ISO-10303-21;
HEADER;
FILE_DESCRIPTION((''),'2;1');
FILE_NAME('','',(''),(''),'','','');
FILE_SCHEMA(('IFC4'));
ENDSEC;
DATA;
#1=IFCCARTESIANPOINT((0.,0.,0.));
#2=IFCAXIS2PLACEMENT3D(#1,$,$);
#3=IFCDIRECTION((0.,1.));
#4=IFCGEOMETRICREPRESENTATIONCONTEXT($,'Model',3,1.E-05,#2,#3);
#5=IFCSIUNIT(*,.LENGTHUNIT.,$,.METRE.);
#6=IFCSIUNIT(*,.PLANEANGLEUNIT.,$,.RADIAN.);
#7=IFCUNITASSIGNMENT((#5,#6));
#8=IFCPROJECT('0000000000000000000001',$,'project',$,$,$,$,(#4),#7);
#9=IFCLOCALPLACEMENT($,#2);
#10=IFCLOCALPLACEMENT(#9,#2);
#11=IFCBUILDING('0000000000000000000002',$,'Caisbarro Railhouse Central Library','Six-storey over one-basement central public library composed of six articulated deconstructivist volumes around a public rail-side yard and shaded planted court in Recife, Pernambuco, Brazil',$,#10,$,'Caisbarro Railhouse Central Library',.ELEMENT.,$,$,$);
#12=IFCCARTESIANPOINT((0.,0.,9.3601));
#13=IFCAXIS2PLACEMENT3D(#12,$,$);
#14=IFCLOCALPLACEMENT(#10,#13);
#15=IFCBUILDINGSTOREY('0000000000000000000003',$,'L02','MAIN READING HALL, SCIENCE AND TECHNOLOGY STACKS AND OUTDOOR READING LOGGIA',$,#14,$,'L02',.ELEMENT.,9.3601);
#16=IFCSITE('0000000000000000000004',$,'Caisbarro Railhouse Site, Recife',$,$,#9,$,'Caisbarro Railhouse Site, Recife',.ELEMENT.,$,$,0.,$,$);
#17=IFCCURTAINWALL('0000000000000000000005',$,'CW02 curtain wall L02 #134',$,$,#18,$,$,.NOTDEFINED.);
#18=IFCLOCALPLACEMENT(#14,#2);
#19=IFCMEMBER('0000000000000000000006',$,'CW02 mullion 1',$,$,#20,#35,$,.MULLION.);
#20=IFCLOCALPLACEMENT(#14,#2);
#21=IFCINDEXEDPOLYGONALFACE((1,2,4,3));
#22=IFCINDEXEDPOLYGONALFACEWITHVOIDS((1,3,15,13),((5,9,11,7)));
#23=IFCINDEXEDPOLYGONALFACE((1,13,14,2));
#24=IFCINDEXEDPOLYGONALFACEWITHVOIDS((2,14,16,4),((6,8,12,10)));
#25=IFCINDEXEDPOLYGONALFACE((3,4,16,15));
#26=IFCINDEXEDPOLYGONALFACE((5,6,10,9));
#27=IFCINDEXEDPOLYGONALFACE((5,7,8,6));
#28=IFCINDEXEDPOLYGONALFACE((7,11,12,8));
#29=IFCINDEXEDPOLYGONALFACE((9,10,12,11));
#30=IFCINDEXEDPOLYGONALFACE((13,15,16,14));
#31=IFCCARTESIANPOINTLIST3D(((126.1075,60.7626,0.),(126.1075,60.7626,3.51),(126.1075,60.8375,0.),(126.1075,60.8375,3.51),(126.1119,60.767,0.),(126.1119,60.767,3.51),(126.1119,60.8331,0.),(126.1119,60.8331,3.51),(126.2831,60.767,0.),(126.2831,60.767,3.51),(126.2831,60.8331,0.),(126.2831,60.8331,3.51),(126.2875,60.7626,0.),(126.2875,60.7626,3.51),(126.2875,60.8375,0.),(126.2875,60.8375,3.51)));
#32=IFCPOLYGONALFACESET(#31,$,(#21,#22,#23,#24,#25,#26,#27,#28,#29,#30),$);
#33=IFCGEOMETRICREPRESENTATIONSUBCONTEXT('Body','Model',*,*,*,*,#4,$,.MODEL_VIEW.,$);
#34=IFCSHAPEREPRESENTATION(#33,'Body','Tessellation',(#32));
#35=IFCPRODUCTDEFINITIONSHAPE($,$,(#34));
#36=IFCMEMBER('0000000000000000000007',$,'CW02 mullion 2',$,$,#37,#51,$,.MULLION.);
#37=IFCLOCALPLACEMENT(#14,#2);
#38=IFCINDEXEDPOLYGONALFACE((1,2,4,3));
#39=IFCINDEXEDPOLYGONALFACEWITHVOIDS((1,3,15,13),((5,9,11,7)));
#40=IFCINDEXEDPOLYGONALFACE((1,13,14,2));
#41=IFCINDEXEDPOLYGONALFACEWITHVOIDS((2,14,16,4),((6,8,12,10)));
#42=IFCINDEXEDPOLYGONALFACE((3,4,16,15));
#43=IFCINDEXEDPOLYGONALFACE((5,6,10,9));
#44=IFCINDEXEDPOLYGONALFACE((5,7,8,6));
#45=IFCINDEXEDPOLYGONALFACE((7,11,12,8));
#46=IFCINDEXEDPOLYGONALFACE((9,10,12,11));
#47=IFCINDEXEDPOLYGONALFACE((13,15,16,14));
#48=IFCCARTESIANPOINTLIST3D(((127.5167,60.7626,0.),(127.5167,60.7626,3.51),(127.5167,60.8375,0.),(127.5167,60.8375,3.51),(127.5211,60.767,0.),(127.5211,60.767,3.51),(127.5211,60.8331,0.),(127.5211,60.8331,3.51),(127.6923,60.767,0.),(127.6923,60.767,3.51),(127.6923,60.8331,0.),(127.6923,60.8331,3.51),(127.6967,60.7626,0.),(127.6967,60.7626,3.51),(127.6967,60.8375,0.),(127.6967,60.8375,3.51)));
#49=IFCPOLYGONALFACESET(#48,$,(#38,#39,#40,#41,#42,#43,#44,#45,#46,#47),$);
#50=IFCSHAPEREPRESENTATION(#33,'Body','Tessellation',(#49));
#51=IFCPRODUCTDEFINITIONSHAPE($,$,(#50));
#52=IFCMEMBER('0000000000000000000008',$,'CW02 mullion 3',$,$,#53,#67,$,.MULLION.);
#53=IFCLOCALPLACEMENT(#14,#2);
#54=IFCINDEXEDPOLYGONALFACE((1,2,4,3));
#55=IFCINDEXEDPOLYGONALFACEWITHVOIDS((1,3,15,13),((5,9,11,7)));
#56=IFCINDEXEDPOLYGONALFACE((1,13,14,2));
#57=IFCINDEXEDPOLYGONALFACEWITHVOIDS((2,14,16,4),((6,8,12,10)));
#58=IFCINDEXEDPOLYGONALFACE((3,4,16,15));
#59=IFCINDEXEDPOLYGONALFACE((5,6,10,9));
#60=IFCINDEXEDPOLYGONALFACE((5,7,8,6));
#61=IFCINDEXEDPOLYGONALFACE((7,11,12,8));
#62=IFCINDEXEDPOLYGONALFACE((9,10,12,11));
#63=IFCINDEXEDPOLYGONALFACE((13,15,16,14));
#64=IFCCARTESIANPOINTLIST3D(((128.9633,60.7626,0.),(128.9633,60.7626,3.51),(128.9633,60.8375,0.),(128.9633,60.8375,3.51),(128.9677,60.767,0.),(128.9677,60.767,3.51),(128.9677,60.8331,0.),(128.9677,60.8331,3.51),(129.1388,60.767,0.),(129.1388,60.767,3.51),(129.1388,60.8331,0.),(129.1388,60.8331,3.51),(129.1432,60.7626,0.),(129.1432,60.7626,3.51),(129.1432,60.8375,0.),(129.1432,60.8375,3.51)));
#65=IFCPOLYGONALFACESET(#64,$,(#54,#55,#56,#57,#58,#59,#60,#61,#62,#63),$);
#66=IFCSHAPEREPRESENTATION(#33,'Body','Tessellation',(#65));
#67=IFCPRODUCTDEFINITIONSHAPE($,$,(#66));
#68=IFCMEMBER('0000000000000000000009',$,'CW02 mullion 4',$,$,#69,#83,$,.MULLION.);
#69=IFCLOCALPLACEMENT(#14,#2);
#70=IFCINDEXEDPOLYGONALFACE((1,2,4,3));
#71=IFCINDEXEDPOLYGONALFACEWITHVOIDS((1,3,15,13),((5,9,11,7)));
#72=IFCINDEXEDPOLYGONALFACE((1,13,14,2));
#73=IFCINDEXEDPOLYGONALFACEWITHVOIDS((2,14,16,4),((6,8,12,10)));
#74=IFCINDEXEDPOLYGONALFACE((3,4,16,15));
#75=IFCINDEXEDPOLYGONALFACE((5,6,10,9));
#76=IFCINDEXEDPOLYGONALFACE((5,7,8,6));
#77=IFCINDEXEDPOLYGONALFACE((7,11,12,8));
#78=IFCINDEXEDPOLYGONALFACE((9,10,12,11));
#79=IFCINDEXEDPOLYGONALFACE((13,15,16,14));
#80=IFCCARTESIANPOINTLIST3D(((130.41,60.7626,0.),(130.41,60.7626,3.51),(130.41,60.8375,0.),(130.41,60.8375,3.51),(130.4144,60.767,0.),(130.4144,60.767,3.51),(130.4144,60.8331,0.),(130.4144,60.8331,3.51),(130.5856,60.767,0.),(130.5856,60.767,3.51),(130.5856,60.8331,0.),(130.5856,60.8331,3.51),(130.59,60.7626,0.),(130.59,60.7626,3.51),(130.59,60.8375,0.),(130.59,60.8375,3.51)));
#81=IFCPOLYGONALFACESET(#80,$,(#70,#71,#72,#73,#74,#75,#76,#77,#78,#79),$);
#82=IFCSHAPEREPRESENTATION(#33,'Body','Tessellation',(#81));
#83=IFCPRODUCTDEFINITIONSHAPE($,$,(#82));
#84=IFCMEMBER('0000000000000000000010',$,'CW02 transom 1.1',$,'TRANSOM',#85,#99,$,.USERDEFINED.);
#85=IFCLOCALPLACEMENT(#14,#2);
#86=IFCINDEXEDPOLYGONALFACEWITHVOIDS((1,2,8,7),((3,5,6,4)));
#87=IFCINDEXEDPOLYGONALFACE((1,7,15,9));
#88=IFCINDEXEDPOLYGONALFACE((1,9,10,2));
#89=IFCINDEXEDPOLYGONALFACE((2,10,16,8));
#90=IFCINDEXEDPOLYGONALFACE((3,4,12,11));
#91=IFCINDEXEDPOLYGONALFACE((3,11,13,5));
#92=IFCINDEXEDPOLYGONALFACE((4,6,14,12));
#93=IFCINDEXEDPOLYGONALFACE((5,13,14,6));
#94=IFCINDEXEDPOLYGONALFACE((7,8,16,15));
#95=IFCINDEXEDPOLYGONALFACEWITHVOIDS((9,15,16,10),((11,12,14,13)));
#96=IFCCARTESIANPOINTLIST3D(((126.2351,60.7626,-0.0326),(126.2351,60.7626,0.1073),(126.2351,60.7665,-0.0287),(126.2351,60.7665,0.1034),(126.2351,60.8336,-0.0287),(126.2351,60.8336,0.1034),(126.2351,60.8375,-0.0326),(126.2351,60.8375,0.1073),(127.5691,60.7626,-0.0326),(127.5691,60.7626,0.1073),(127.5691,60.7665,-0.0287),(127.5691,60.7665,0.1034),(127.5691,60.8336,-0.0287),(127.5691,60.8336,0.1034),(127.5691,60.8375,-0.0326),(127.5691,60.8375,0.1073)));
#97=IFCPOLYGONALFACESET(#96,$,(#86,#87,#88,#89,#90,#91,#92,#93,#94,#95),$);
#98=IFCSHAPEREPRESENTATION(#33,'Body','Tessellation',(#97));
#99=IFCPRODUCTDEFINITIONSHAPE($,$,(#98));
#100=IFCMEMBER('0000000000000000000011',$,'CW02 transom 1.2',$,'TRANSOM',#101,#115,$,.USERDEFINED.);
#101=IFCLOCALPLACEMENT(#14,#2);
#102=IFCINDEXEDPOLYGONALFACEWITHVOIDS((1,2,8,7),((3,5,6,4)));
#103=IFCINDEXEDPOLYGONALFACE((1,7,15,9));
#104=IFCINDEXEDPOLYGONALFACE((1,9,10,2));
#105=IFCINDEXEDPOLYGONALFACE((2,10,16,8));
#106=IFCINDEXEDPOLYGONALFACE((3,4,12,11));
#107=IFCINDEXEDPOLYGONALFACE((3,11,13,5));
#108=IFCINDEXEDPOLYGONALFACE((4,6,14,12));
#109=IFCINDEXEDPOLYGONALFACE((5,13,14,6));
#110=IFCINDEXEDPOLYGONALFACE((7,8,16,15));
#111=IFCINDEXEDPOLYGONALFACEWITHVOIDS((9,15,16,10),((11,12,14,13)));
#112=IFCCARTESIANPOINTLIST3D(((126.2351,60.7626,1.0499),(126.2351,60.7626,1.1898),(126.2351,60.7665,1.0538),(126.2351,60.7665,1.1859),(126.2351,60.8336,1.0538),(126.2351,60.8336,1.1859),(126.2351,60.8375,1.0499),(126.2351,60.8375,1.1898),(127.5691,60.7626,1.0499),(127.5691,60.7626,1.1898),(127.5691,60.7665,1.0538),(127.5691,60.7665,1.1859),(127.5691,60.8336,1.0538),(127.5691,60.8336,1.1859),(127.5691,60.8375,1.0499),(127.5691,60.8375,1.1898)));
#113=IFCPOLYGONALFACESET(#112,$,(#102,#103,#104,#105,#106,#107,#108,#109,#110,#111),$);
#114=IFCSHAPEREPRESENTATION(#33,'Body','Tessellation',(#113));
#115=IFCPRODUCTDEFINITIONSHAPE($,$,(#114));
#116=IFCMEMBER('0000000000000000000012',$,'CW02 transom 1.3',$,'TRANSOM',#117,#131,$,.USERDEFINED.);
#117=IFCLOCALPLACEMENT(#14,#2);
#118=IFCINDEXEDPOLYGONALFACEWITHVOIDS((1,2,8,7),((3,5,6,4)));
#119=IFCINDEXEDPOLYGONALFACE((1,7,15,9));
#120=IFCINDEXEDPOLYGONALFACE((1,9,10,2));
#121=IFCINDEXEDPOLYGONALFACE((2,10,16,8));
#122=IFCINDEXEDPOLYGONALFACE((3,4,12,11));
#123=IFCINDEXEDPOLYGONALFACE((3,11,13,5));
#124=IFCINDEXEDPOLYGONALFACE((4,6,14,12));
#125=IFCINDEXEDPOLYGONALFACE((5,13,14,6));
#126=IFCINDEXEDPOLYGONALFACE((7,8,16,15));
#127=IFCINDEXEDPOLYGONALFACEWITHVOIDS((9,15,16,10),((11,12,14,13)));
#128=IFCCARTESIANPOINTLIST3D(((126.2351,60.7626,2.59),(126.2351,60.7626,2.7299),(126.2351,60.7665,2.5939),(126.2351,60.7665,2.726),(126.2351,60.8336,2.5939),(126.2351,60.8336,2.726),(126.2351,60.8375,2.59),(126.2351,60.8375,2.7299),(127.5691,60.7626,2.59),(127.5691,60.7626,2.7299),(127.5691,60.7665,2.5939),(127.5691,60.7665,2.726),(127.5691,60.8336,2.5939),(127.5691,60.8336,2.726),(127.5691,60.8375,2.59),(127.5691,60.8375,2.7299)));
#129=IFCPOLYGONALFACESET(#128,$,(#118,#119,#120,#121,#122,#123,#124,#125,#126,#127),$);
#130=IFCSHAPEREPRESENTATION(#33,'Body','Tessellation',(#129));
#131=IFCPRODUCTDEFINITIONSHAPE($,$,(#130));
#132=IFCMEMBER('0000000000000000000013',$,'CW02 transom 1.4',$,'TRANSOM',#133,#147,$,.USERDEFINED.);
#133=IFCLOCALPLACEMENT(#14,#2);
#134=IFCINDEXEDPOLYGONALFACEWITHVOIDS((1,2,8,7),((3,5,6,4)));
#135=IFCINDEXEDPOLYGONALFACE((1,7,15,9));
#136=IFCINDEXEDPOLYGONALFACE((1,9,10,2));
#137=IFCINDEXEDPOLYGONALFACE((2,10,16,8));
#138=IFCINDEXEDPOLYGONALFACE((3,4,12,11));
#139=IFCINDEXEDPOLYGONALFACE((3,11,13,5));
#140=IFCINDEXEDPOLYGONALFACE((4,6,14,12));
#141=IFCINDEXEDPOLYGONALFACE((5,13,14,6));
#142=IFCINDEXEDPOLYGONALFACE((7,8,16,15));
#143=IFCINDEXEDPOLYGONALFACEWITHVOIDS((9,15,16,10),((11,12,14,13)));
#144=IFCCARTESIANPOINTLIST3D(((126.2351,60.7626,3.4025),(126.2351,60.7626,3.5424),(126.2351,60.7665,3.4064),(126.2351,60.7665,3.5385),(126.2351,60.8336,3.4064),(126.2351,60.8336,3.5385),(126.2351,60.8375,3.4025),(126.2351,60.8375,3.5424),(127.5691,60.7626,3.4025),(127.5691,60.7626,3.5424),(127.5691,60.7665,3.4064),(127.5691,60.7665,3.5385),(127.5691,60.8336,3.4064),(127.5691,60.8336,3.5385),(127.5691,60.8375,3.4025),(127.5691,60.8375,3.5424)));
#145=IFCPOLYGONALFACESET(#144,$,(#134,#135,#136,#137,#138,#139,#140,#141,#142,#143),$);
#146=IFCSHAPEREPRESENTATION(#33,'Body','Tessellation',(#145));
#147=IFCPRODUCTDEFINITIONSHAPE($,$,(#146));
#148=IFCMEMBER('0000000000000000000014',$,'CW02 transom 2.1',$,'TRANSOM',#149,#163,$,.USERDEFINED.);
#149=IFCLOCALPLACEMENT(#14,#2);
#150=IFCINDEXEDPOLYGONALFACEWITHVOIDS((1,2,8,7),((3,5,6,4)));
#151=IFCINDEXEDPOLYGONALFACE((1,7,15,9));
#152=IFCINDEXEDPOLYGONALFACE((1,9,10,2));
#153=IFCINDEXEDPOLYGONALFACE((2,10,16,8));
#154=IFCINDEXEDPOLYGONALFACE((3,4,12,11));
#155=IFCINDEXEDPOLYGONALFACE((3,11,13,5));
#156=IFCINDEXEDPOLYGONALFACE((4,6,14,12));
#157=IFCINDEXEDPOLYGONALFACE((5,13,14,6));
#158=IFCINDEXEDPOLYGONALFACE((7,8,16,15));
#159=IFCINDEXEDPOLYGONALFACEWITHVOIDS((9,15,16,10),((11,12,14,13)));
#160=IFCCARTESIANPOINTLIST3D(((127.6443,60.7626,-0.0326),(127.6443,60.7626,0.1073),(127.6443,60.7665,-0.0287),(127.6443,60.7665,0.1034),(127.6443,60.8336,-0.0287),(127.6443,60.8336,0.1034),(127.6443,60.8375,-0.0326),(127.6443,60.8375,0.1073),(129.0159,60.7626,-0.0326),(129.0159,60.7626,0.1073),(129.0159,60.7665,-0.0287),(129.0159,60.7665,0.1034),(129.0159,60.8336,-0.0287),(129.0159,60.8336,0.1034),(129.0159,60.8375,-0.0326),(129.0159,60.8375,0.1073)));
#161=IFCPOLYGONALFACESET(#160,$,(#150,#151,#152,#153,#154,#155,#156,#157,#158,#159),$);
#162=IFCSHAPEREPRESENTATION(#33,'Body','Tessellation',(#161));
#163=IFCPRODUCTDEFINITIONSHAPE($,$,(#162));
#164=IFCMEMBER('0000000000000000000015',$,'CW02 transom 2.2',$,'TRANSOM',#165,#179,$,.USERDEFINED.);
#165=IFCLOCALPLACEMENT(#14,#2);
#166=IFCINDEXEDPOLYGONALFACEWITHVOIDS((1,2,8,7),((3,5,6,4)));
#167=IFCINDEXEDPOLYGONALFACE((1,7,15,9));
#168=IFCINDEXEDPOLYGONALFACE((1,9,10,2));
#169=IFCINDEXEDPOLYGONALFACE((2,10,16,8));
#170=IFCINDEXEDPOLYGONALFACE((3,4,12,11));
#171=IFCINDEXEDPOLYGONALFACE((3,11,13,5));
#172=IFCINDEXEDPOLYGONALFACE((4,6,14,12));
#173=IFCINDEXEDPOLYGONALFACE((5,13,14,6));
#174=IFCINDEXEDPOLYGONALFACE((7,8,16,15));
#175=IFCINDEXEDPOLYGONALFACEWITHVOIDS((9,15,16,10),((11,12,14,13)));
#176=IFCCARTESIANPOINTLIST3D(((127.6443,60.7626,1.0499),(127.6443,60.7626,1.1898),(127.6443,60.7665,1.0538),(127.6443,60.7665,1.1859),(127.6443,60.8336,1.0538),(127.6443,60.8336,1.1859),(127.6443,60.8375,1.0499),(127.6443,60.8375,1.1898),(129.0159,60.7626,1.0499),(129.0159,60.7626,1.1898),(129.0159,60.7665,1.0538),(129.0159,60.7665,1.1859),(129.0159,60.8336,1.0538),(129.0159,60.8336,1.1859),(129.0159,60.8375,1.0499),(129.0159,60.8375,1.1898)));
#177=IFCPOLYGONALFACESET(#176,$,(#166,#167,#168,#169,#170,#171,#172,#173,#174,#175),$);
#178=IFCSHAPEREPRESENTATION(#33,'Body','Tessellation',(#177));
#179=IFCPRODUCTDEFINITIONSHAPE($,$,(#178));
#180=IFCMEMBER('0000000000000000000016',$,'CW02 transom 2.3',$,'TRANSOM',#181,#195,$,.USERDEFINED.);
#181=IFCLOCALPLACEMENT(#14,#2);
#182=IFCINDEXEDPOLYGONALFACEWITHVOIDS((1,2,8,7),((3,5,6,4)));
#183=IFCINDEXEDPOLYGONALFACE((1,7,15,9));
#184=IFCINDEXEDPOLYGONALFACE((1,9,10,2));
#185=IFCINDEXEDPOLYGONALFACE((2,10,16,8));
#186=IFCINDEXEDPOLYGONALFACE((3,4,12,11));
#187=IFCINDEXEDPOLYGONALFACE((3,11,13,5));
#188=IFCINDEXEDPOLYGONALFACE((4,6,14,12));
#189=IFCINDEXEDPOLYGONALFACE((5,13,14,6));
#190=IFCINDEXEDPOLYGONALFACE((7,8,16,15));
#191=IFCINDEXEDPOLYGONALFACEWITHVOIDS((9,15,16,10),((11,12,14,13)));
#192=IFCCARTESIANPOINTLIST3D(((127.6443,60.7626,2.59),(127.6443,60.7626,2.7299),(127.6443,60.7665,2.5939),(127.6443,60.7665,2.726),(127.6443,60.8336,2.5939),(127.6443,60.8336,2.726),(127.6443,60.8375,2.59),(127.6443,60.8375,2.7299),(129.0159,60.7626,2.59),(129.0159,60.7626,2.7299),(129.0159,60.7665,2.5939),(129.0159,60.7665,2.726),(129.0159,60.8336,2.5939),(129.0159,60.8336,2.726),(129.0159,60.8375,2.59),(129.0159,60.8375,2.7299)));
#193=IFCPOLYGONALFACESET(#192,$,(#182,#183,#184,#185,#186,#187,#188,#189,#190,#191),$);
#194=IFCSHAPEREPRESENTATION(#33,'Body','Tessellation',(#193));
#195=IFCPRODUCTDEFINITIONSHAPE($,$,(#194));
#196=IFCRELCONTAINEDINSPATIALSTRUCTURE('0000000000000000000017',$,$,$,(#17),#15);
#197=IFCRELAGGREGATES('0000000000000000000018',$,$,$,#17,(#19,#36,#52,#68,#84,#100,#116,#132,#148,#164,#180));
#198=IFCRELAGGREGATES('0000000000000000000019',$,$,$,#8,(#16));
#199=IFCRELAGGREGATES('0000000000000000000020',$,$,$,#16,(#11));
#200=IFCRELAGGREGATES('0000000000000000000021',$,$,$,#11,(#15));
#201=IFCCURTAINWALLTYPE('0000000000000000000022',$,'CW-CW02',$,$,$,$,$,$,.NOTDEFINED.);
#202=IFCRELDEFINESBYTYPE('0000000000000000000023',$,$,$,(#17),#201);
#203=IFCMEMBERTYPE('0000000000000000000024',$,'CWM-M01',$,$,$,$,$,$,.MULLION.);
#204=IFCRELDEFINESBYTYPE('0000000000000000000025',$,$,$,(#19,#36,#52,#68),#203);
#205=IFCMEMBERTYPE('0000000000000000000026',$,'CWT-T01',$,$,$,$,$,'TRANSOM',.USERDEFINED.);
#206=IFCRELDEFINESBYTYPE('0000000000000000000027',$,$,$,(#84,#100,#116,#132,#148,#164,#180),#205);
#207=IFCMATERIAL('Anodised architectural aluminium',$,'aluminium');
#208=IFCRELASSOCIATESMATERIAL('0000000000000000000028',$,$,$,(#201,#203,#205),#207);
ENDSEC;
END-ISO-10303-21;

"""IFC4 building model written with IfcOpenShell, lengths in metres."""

from ifc_helpers import new_model, si_unit, direction, frame, origin, origin_2d, place, context, subcontext, project, spatial, hollow_rectangle, extrude, material, material_profile, profile_set, type_object, element, aggregate, save


model = new_model("IFC4")

# Units and contexts
model_context = context("Model", 3, precision=1e-05, world=origin(), true_north=direction((0.0, 1.0)))
body_context = subcontext(model_context, "Body", "Model", "MODEL_VIEW")
ifc_project = project(units=[si_unit("LENGTHUNIT", "METRE"), si_unit("PLANEANGLEUNIT", "RADIAN")], contexts=[model_context])

# Site, building, storey
site_placement = place(None, origin())
site = spatial("IfcSite", under=ifc_project, at=site_placement, Name="Caisbarro Railhouse Site, Recife", LongName="Caisbarro Railhouse Site, Recife", CompositionType="ELEMENT", RefElevation=0.0)
building_placement = place(site_placement, origin())
building = spatial("IfcBuilding", under=site, at=building_placement, Name="Caisbarro Railhouse Central Library", Description="Six-storey over one-basement central public library composed of six articulated deconstructivist volumes around a public rail-side yard and shaded planted court in Recife, Pernambuco, Brazil", LongName="Caisbarro Railhouse Central Library", CompositionType="ELEMENT")
storey_placement = place(building_placement, frame((0.0, 0.0, 9.3601)))
storey = spatial("IfcBuildingStorey", under=building, at=storey_placement, Name="L02", Description="MAIN READING HALL, SCIENCE AND TECHNOLOGY STACKS AND OUTDOOR READING LOGGIA", LongName="L02", CompositionType="ELEMENT", Elevation=9.3601)

# Curtain wall, members
ifc_material_1 = material(Name="Anodised architectural aluminium", Category="aluminium")
curtain_wall_type = type_object("IfcCurtainWallType", Name="CW-CW02", PredefinedType="NOTDEFINED", material=ifc_material_1)
curtain_wall_placement = place(storey_placement, origin())
curtain_wall = element("IfcCurtainWall", 1, at=curtain_wall_placement, inside=storey, type_object=curtain_wall_type, Name="CW02 curtain wall L02 #134", PredefinedType="NOTDEFINED")
ifc_material_profile_1 = material_profile(ifc_material_1, hollow_rectangle(XDim=0.075, YDim=0.1799, WallThickness=0.0044, at=origin_2d()), Name="ALU-MUL-75X180")
ifc_profile_set_1 = profile_set([ifc_material_profile_1], Name="Anodised architectural aluminium")
member_type_1 = type_object("IfcMemberType", Name="CWM-M01", PredefinedType="MULLION", material=ifc_profile_set_1)
member_1_placement = place(storey_placement, frame((126.1975, 60.8, 0.0), z_axis=(0.0, 0.0, 1.0), x_axis=(0.0, 1.0, 0.0)))
member_1 = element("IfcMember", 2, at=member_1_placement, type_object=member_type_1, Name="CW02 mullion 1", PredefinedType="MULLION", context=body_context, shape_type="SweptSolid", body=[
    extrude(hollow_rectangle(XDim=0.075, YDim=0.1799, WallThickness=0.0044, at=origin_2d()), origin(), (0.0, 0.0, 1.0), 3.51),
])
member_2_placement = place(storey_placement, frame((127.6067, 60.8, 0.0), z_axis=(0.0, 0.0, 1.0), x_axis=(0.0, 1.0, 0.0)))
member_2 = element("IfcMember", 3, at=member_2_placement, type_object=member_type_1, Name="CW02 mullion 2", PredefinedType="MULLION", context=body_context, shape_type="SweptSolid", body=[
    extrude(hollow_rectangle(XDim=0.075, YDim=0.1799, WallThickness=0.0044, at=origin_2d()), origin(), (0.0, 0.0, 1.0), 3.51),
])
member_3_placement = place(storey_placement, frame((129.0532, 60.8, 0.0), z_axis=(0.0, 0.0, 1.0), x_axis=(0.0, 1.0, 0.0)))
member_3 = element("IfcMember", 4, at=member_3_placement, type_object=member_type_1, Name="CW02 mullion 3", PredefinedType="MULLION", context=body_context, shape_type="SweptSolid", body=[
    extrude(hollow_rectangle(XDim=0.075, YDim=0.1799, WallThickness=0.0044, at=origin_2d()), origin(), (0.0, 0.0, 1.0), 3.51),
])
member_4_placement = place(storey_placement, frame((130.5, 60.8, 0.0), z_axis=(0.0, 0.0, 1.0), x_axis=(0.0, 1.0, 0.0)))
member_4 = element("IfcMember", 5, at=member_4_placement, type_object=member_type_1, Name="CW02 mullion 4", PredefinedType="MULLION", context=body_context, shape_type="SweptSolid", body=[
    extrude(hollow_rectangle(XDim=0.075, YDim=0.1799, WallThickness=0.0044, at=origin_2d()), origin(), (0.0, 0.0, 1.0), 3.51),
])
ifc_material_profile_2 = material_profile(ifc_material_1, hollow_rectangle(XDim=0.075, YDim=0.1399, WallThickness=0.0039, at=origin_2d()), Name="ALU-TRN-75X140")
ifc_profile_set_2 = profile_set([ifc_material_profile_2], Name="Anodised architectural aluminium")
member_type_2 = type_object("IfcMemberType", Name="CWT-T01", ElementType="TRANSOM", PredefinedType="USERDEFINED", material=ifc_profile_set_2)
member_5_placement = place(storey_placement, frame((126.2351, 60.8, 0.0374), z_axis=(1.0, 0.0, 0.0), x_axis=(0.0, 1.0, 0.0)))
member_5 = element("IfcMember", 6, at=member_5_placement, type_object=member_type_2, Name="CW02 transom 1.1", ObjectType="TRANSOM", PredefinedType="USERDEFINED", context=body_context, shape_type="SweptSolid", body=[
    extrude(hollow_rectangle(XDim=0.075, YDim=0.1399, WallThickness=0.0039, at=origin_2d()), origin(), (0.0, 0.0, 1.0), 1.334),
])
member_6_placement = place(storey_placement, frame((126.2351, 60.8, 1.1199), z_axis=(1.0, 0.0, 0.0), x_axis=(0.0, 1.0, 0.0)))
member_6 = element("IfcMember", 7, at=member_6_placement, type_object=member_type_2, Name="CW02 transom 1.2", ObjectType="TRANSOM", PredefinedType="USERDEFINED", context=body_context, shape_type="SweptSolid", body=[
    extrude(hollow_rectangle(XDim=0.075, YDim=0.1399, WallThickness=0.0039, at=origin_2d()), origin(), (0.0, 0.0, 1.0), 1.334),
])
member_7_placement = place(storey_placement, frame((126.2351, 60.8, 2.6599), z_axis=(1.0, 0.0, 0.0), x_axis=(0.0, 1.0, 0.0)))
member_7 = element("IfcMember", 8, at=member_7_placement, type_object=member_type_2, Name="CW02 transom 1.3", ObjectType="TRANSOM", PredefinedType="USERDEFINED", context=body_context, shape_type="SweptSolid", body=[
    extrude(hollow_rectangle(XDim=0.075, YDim=0.1399, WallThickness=0.0039, at=origin_2d()), origin(), (0.0, 0.0, 1.0), 1.334),
])
member_8_placement = place(storey_placement, frame((126.2351, 60.8, 3.4724), z_axis=(1.0, 0.0, 0.0), x_axis=(0.0, 1.0, 0.0)))
member_8 = element("IfcMember", 9, at=member_8_placement, type_object=member_type_2, Name="CW02 transom 1.4", ObjectType="TRANSOM", PredefinedType="USERDEFINED", context=body_context, shape_type="SweptSolid", body=[
    extrude(hollow_rectangle(XDim=0.075, YDim=0.1399, WallThickness=0.0039, at=origin_2d()), origin(), (0.0, 0.0, 1.0), 1.334),
])
member_9_placement = place(storey_placement, frame((127.6443, 60.8, 0.0374), z_axis=(1.0, 0.0, 0.0), x_axis=(0.0, 1.0, 0.0)))
member_9 = element("IfcMember", 10, at=member_9_placement, type_object=member_type_2, Name="CW02 transom 2.1", ObjectType="TRANSOM", PredefinedType="USERDEFINED", context=body_context, shape_type="SweptSolid", body=[
    extrude(hollow_rectangle(XDim=0.075, YDim=0.1399, WallThickness=0.0039, at=origin_2d()), origin(), (0.0, 0.0, 1.0), 1.3716),
])
member_10_placement = place(storey_placement, frame((127.6443, 60.8, 1.1199), z_axis=(1.0, 0.0, 0.0), x_axis=(0.0, 1.0, 0.0)))
member_10 = element("IfcMember", 11, at=member_10_placement, type_object=member_type_2, Name="CW02 transom 2.2", ObjectType="TRANSOM", PredefinedType="USERDEFINED", context=body_context, shape_type="SweptSolid", body=[
    extrude(hollow_rectangle(XDim=0.075, YDim=0.1399, WallThickness=0.0039, at=origin_2d()), origin(), (0.0, 0.0, 1.0), 1.3716),
])
member_11_placement = place(storey_placement, frame((127.6443, 60.8, 2.6599), z_axis=(1.0, 0.0, 0.0), x_axis=(0.0, 1.0, 0.0)))
member_11 = element("IfcMember", 12, at=member_11_placement, type_object=member_type_2, Name="CW02 transom 2.3", ObjectType="TRANSOM", PredefinedType="USERDEFINED", context=body_context, shape_type="SweptSolid", body=[
    extrude(hollow_rectangle(XDim=0.075, YDim=0.1399, WallThickness=0.0039, at=origin_2d()), origin(), (0.0, 0.0, 1.0), 1.3716),
])
aggregate(curtain_wall, [member_1, member_2, member_3, member_4, member_5, member_6, member_7, member_8, member_9, member_10, member_11])

save(model, "model.ifc")
